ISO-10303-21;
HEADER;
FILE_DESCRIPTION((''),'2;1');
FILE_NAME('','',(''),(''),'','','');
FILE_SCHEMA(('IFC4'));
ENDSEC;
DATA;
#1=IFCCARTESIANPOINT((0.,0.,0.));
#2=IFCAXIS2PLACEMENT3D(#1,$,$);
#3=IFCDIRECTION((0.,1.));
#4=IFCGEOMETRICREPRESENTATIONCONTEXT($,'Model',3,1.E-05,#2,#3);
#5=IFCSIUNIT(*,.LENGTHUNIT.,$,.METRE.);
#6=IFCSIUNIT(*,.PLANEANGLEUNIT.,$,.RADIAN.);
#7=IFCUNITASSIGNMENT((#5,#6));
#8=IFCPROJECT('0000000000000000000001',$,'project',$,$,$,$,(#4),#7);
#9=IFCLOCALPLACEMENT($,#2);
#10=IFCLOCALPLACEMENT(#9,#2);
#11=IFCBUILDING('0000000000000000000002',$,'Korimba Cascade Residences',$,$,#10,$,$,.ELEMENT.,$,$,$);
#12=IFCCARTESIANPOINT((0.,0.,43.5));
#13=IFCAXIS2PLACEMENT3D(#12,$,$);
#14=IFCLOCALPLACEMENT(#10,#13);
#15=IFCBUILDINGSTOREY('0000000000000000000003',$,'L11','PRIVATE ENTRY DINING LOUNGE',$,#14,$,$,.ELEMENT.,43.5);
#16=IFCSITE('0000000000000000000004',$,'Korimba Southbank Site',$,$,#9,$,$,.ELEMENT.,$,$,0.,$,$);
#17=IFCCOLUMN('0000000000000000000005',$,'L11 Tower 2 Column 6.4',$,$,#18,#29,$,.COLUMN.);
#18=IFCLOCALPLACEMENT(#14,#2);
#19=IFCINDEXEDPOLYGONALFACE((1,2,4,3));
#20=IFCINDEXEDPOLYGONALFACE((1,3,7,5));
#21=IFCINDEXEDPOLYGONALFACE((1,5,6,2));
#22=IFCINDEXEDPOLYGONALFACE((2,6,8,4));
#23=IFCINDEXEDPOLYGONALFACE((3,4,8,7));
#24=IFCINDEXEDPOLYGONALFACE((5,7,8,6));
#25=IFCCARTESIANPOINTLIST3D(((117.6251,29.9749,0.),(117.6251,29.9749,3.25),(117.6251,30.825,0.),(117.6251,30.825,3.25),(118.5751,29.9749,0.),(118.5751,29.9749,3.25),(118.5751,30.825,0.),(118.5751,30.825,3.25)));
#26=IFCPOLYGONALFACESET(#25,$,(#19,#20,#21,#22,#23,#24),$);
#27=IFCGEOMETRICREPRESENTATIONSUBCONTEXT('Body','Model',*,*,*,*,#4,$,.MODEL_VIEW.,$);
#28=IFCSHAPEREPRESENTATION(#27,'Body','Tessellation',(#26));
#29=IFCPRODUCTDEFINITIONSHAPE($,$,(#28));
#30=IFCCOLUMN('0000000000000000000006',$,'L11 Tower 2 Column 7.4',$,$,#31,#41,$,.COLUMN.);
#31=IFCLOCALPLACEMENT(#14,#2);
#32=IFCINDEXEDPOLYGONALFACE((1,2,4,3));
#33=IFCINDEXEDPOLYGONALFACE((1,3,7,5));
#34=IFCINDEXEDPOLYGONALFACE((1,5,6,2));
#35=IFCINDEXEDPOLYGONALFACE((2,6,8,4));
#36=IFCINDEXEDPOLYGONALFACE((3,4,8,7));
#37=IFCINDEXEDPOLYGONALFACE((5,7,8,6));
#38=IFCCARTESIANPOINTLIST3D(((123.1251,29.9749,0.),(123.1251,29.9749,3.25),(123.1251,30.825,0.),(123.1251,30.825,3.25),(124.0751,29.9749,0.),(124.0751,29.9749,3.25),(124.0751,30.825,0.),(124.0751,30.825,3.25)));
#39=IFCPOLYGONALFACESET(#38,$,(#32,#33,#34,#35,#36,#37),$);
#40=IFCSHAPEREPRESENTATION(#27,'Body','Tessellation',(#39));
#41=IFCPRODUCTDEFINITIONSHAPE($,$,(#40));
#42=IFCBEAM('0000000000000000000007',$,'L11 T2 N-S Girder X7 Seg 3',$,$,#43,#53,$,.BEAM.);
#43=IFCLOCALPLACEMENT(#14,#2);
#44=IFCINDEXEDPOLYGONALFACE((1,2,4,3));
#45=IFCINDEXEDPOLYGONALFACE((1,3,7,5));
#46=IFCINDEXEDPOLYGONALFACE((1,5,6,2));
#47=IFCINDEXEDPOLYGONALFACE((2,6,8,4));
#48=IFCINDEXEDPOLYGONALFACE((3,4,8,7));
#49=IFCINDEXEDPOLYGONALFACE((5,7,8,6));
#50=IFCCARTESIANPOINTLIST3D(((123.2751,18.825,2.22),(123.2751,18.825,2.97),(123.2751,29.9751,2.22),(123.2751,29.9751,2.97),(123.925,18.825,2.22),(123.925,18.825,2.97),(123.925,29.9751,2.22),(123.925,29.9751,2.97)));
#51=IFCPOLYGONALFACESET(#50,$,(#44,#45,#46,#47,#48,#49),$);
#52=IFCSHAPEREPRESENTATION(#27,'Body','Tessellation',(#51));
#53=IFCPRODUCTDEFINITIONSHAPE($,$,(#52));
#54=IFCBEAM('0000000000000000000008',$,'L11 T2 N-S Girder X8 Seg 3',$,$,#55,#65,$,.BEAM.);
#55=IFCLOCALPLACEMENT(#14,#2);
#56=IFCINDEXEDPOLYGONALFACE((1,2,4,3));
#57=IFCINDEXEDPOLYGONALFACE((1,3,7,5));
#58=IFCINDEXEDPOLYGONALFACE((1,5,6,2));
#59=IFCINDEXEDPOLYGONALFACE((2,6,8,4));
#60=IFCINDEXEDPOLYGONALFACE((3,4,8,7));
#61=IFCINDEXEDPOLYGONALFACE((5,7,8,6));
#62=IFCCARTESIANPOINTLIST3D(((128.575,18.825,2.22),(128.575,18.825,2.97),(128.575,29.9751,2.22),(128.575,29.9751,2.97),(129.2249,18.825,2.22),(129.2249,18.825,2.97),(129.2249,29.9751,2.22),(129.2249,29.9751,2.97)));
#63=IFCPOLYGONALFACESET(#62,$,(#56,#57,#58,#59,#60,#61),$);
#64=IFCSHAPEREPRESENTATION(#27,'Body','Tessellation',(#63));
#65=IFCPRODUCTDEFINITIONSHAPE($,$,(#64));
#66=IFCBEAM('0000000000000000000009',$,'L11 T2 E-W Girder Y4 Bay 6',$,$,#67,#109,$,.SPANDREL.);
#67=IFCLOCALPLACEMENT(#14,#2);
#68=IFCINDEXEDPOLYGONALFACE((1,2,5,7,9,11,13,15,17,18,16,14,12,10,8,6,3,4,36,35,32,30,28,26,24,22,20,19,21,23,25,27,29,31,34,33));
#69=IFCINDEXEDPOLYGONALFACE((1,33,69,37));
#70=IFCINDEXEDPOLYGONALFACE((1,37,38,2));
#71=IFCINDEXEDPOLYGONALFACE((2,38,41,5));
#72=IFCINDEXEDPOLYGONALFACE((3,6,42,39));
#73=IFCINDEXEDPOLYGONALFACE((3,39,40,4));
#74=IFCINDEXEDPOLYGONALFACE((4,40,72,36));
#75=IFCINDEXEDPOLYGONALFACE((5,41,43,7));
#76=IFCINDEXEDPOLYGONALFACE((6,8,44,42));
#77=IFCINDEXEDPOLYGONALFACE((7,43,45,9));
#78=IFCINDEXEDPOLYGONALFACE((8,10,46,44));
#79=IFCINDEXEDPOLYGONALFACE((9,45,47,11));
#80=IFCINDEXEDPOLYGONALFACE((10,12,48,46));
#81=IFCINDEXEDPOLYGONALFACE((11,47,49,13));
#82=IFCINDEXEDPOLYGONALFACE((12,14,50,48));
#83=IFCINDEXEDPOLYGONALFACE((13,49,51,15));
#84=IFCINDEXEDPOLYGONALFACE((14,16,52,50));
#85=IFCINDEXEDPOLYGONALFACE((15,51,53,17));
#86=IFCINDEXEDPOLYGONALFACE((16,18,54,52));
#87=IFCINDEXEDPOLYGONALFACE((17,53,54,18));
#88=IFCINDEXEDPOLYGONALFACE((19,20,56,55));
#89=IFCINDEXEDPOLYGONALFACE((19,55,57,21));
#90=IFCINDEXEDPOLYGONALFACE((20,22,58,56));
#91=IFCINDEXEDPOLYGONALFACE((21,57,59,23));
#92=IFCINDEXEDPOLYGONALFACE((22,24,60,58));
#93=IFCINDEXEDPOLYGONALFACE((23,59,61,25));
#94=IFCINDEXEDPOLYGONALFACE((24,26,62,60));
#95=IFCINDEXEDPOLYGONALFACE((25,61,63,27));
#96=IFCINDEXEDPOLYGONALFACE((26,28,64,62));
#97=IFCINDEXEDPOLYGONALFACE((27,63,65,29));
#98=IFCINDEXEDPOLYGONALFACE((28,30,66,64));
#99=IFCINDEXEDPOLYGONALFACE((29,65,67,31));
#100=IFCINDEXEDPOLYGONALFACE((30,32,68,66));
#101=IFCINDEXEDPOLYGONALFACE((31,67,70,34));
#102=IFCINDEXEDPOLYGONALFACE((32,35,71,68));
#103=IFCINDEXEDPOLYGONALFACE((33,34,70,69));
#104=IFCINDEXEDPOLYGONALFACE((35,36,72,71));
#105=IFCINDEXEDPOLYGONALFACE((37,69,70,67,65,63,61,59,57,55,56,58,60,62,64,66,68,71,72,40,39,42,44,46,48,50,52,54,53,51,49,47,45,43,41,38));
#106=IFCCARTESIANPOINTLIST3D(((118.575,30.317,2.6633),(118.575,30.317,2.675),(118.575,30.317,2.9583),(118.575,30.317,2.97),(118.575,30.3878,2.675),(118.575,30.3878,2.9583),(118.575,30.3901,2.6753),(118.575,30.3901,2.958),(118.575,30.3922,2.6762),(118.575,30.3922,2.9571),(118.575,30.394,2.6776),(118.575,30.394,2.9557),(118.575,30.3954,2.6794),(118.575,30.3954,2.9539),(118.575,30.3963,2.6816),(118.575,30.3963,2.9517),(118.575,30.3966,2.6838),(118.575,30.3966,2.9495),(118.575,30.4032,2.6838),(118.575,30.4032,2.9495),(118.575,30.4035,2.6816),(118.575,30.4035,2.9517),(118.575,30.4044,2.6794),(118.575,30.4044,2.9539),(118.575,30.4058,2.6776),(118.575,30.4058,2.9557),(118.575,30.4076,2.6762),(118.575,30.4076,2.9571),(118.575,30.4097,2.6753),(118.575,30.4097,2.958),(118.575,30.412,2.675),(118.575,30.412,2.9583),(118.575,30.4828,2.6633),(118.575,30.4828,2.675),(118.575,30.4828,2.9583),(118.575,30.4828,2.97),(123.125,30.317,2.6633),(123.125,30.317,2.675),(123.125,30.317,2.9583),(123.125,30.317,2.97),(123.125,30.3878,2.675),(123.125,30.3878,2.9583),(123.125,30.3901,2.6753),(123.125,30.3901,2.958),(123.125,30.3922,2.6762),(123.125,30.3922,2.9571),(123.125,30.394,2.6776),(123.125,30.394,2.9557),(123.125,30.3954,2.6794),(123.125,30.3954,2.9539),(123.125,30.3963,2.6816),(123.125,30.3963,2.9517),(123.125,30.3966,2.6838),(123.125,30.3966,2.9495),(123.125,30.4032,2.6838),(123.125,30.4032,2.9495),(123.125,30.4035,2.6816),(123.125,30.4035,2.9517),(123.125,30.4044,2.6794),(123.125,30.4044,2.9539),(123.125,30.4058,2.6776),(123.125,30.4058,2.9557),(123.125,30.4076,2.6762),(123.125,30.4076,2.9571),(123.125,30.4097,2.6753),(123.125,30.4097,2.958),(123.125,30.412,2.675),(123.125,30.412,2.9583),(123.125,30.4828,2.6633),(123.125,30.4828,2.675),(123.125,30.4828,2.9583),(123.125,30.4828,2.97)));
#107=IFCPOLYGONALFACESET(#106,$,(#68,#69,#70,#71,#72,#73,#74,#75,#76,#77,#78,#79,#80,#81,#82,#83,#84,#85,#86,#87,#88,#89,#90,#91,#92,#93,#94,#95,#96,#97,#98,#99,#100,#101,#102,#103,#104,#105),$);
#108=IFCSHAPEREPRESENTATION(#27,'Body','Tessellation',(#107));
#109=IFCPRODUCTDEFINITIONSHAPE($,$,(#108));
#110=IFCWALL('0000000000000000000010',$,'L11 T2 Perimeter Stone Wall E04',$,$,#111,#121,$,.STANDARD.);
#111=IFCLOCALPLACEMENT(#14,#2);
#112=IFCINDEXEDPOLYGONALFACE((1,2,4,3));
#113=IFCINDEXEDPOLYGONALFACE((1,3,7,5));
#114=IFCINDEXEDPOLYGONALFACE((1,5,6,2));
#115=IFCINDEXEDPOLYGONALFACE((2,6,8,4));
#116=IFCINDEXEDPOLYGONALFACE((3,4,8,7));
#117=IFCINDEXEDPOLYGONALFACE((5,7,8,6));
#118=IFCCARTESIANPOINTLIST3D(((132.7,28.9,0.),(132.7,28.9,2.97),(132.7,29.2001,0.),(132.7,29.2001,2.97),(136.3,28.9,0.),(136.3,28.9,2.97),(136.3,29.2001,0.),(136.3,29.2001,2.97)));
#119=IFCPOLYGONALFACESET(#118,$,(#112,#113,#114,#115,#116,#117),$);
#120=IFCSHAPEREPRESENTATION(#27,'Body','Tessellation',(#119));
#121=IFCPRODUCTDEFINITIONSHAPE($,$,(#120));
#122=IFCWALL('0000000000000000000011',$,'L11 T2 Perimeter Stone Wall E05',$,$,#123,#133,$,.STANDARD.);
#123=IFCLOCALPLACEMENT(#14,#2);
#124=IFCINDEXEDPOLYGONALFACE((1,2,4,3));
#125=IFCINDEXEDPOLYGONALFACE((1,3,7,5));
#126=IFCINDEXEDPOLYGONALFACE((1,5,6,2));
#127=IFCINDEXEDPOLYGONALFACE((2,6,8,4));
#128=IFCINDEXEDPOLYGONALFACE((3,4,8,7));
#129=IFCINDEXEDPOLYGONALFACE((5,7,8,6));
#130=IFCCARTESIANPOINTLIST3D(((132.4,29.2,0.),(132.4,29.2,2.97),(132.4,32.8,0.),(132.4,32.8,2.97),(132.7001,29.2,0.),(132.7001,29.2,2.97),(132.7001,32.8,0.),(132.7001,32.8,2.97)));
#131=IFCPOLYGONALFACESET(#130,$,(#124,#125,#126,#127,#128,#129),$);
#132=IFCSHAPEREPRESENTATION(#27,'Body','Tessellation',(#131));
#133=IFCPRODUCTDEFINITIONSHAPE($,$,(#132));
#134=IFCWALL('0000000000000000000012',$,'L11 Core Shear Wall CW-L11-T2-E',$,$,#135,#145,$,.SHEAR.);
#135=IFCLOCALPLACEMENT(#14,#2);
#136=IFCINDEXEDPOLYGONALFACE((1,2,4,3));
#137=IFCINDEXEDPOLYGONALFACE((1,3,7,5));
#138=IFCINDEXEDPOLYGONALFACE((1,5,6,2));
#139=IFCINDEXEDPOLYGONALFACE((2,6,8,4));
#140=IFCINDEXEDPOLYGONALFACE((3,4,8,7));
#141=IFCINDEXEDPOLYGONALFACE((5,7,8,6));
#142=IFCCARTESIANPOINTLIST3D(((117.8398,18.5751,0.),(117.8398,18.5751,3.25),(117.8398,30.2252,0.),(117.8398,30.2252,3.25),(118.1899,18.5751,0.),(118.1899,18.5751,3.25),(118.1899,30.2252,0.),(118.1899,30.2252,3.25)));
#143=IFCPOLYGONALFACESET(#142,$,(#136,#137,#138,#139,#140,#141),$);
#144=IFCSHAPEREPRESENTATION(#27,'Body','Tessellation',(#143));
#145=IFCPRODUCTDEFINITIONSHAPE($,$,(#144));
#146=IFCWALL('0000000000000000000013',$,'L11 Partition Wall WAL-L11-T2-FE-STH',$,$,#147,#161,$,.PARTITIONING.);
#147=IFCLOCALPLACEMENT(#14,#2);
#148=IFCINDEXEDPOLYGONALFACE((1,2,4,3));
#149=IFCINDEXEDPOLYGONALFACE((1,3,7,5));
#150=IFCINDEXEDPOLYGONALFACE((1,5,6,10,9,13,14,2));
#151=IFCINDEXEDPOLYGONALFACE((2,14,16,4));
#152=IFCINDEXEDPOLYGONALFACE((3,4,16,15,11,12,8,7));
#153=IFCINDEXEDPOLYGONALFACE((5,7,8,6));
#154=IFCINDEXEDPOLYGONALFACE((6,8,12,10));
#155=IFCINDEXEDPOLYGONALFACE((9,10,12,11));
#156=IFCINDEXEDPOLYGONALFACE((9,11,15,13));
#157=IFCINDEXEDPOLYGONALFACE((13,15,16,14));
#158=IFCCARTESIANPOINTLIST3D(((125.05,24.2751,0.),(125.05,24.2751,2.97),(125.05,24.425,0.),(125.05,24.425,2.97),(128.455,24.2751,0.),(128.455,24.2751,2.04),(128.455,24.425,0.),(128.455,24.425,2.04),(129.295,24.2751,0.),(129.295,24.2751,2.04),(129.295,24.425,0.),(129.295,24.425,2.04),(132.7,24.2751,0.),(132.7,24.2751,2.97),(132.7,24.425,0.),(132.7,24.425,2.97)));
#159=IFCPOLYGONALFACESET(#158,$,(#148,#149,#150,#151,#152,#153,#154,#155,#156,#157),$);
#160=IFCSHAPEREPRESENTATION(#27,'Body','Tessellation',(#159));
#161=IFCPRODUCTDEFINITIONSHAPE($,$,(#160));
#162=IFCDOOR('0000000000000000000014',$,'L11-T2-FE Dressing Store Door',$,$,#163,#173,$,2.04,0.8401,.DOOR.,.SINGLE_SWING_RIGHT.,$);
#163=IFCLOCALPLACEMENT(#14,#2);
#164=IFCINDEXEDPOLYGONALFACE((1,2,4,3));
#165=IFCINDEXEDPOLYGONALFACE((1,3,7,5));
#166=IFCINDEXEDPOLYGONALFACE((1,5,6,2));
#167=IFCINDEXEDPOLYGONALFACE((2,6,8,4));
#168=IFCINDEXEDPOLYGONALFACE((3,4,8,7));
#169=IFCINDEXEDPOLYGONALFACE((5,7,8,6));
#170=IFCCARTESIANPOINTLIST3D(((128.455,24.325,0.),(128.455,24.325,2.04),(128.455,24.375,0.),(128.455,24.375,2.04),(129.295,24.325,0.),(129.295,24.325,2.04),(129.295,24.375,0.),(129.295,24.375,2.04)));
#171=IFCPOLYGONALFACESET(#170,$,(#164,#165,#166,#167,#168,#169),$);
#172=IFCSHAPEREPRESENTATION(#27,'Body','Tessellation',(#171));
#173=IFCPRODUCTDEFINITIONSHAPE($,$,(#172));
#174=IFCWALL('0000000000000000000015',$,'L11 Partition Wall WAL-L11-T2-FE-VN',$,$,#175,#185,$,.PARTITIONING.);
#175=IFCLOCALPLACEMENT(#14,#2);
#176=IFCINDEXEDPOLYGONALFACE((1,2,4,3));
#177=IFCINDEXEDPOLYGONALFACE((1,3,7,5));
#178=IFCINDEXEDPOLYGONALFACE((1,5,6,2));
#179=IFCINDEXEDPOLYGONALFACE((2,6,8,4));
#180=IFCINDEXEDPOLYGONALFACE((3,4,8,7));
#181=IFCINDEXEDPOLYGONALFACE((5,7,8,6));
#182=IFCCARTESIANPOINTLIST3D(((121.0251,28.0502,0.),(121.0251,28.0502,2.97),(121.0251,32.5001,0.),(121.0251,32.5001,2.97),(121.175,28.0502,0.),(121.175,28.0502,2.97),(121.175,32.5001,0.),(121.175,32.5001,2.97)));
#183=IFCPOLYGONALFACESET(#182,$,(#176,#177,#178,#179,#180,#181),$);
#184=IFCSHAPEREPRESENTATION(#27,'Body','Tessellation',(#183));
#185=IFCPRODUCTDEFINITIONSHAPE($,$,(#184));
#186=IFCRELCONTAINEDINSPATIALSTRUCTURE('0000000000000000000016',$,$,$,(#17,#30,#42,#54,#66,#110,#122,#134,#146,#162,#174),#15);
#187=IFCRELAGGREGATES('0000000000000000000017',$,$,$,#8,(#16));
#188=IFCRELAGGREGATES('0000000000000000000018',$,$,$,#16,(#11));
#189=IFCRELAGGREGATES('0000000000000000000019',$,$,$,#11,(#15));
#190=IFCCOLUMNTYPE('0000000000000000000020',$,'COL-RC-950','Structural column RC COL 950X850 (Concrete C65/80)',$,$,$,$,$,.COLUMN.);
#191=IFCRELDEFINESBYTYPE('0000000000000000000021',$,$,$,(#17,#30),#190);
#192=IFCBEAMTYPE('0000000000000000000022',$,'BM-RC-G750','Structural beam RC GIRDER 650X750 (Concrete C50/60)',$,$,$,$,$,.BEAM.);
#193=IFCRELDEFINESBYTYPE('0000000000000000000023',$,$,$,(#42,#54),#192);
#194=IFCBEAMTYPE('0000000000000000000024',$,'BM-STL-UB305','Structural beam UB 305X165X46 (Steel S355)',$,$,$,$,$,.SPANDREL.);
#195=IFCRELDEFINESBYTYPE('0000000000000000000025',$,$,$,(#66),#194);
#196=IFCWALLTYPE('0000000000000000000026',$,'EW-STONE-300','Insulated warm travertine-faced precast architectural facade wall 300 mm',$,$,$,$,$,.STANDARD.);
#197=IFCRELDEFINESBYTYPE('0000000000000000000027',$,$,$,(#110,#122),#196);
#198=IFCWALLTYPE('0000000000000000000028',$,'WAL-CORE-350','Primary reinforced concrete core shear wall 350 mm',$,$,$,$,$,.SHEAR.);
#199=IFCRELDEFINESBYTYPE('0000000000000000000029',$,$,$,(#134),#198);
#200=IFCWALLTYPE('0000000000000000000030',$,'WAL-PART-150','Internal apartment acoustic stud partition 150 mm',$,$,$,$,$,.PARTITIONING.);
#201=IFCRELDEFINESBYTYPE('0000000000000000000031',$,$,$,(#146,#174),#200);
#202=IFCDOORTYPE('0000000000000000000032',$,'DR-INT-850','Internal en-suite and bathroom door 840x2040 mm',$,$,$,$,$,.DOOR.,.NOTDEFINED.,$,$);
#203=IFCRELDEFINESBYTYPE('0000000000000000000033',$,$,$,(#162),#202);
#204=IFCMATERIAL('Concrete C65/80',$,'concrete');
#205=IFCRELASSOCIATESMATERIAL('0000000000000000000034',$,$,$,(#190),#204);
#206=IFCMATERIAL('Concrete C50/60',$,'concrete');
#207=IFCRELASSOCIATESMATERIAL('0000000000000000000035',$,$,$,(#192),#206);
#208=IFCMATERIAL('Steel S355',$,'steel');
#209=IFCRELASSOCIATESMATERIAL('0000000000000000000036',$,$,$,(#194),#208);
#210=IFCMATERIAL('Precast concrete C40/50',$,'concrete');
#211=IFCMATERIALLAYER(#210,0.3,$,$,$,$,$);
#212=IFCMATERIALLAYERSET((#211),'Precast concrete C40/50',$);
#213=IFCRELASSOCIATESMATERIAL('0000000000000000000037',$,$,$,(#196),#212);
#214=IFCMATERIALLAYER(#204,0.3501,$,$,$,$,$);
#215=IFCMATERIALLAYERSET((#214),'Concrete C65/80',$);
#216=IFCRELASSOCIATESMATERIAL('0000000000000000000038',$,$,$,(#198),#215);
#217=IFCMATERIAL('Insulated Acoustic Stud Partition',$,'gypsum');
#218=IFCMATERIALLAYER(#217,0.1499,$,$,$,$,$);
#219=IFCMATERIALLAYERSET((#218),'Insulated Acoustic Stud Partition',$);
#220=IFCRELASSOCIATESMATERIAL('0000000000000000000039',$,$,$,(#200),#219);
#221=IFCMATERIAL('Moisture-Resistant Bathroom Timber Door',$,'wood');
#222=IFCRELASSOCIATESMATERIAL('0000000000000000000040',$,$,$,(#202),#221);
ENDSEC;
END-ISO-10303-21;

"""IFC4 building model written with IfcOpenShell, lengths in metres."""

from ifc_helpers import new_model, si_unit, direction, frame, frame_2d, origin, origin_2d, place, context, subcontext, project, spatial, rectangle, i_section, extrude, material, layer, layer_set, material_profile, profile_set, type_object, element, fill, save


model = new_model("IFC4")

# Units and contexts
model_context = context("Model", 3, precision=1e-05, world=origin(), true_north=direction((0.0, 1.0)))
body_context = subcontext(model_context, "Body", "Model", "MODEL_VIEW")
ifc_project = project(units=[si_unit("LENGTHUNIT", "METRE"), si_unit("PLANEANGLEUNIT", "RADIAN")], contexts=[model_context])

# Site, building, storey
site_placement = place(None, origin())
site = spatial("IfcSite", under=ifc_project, at=site_placement, Name="Korimba Southbank Site", CompositionType="ELEMENT", RefElevation=0.0)
building_placement = place(site_placement, origin())
building = spatial("IfcBuilding", under=site, at=building_placement, Name="Korimba Cascade Residences", CompositionType="ELEMENT")
storey_placement = place(building_placement, frame((0.0, 0.0, 43.5)))
storey = spatial("IfcBuildingStorey", under=building, at=storey_placement, Name="L11", Description="PRIVATE ENTRY DINING LOUNGE", CompositionType="ELEMENT", Elevation=43.5)

# Columns
ifc_material_1 = material(Name="Concrete C65/80", Category="concrete")
ifc_material_profile_1 = material_profile(ifc_material_1, rectangle(XDim=0.95, YDim=0.8501, at=origin_2d()), Name="Concrete C65/80")
ifc_profile_set_1 = profile_set([ifc_material_profile_1], Name="Concrete C65/80")
column_type = type_object("IfcColumnType", Name="COL-RC-950", Description="Structural column RC COL 950X850 (Concrete C65/80)", PredefinedType="COLUMN", material=ifc_profile_set_1)
for number, where, z_axis, x_axis, name in (
    (1, (118.1001, 30.3999, 0.0), (0.0, 0.0, 1.0), (1.0, 0.0, 0.0), "L11 Tower 2 Column 6.4"),
    (2, (123.6001, 30.3999, 0.0), (0.0, 0.0, 1.0), (1.0, 0.0, 0.0), "L11 Tower 2 Column 7.4"),
):
    element("IfcColumn", number, at=place(storey_placement, frame(where, z_axis=z_axis, x_axis=x_axis)), inside=storey, type_object=column_type, Name=name, PredefinedType="COLUMN", context=body_context, shape_type="SweptSolid", body=[
        extrude(rectangle(XDim=0.95, YDim=0.8501, at=origin_2d()), origin(), (0.0, 0.0, 1.0), 3.25),
    ])

# Beams
ifc_material_2 = material(Name="Concrete C50/60", Category="concrete")
ifc_material_profile_2 = material_profile(ifc_material_2, rectangle(XDim=0.6499, YDim=0.75, at=origin_2d()), Name="Concrete C50/60")
ifc_profile_set_2 = profile_set([ifc_material_profile_2], Name="Concrete C50/60")
beam_type_1 = type_object("IfcBeamType", Name="BM-RC-G750", Description="Structural beam RC GIRDER 650X750 (Concrete C50/60)", PredefinedType="BEAM", material=ifc_profile_set_2)
for number, where, z_axis, x_axis, name in (
    (3, (123.6001, 18.825, 2.595), (0.0, 1.0, 0.0), (-1.0, 0.0, 0.0), "L11 T2 N-S Girder X7 Seg 3"),
    (4, (128.8999, 18.825, 2.595), (0.0, 1.0, 0.0), (-1.0, 0.0, 0.0), "L11 T2 N-S Girder X8 Seg 3"),
):
    element("IfcBeam", number, at=place(storey_placement, frame(where, z_axis=z_axis, x_axis=x_axis)), inside=storey, type_object=beam_type_1, Name=name, PredefinedType="BEAM", context=body_context, shape_type="SweptSolid", body=[
        extrude(rectangle(XDim=0.6499, YDim=0.75, at=origin_2d()), origin(), (0.0, 0.0, 1.0), 11.1501),
    ])
ifc_material_3 = material(Name="Steel S355", Category="steel")
ifc_material_profile_3 = material_profile(ifc_material_3, i_section(OverallWidth=0.1658, OverallDepth=0.3066, WebThickness=0.0066, FlangeThickness=0.0117, FilletRadius=0.0088, at=origin_2d()), Name="Steel S355")
ifc_profile_set_3 = profile_set([ifc_material_profile_3], Name="Steel S355")
beam_type_2 = type_object("IfcBeamType", Name="BM-STL-UB305", Description="Structural beam UB 305X165X46 (Steel S355)", PredefinedType="SPANDREL", material=ifc_profile_set_3)
beam_placement = place(storey_placement, frame((118.575, 30.3999, 2.8167), z_axis=(1.0, 0.0, 0.0), x_axis=(0.0, 1.0, 0.0)))
element("IfcBeam", 5, at=beam_placement, inside=storey, type_object=beam_type_2, Name="L11 T2 E-W Girder Y4 Bay 6", PredefinedType="SPANDREL", context=body_context, shape_type="SweptSolid", body=[
    extrude(i_section(OverallWidth=0.1658, OverallDepth=0.3066, WebThickness=0.0066, FlangeThickness=0.0117, FilletRadius=0.0088, at=origin_2d()), origin(), (0.0, 0.0, 1.0), 4.55),
])

# Walls
ifc_material_4 = material(Name="Precast concrete C40/50", Category="concrete")
ifc_layer_1 = layer(ifc_material_4, 0.3)
ifc_layer_set_1 = layer_set([ifc_layer_1], Name="Precast concrete C40/50")
wall_type_1 = type_object("IfcWallType", Name="EW-STONE-300", Description="Insulated warm travertine-faced precast architectural facade wall 300 mm", PredefinedType="STANDARD", material=ifc_layer_set_1)
for number, where, z_axis, x_axis, name in (
    (6, (136.3, 29.05, 0.0), (0.0, 0.0, 1.0), (-1.0, 0.0, 0.0), "L11 T2 Perimeter Stone Wall E04"),
    (7, (132.55, 29.2, 0.0), (0.0, 0.0, 1.0), (0.0, 1.0, 0.0), "L11 T2 Perimeter Stone Wall E05"),
):
    element("IfcWall", number, at=place(storey_placement, frame(where, z_axis=z_axis, x_axis=x_axis)), inside=storey, type_object=wall_type_1, Name=name, PredefinedType="STANDARD", context=body_context, shape_type="SweptSolid", body=[
        extrude(rectangle(XDim=3.6001, YDim=0.3, at=frame_2d((1.8, 0.0))), origin(), (0.0, 0.0, 1.0), 2.97),
    ])
ifc_layer_2 = layer(ifc_material_1, 0.3501)
ifc_layer_set_2 = layer_set([ifc_layer_2], Name="Concrete C65/80")
wall_type_2 = type_object("IfcWallType", Name="WAL-CORE-350", Description="Primary reinforced concrete core shear wall 350 mm", PredefinedType="SHEAR", material=ifc_layer_set_2)
wall_1_placement = place(storey_placement, frame((118.0149, 18.575, 0.0), z_axis=(0.0, 0.0, 1.0), x_axis=(0.0, 1.0, 0.0)))
element("IfcWall", 8, at=wall_1_placement, inside=storey, type_object=wall_type_2, Name="L11 Core Shear Wall CW-L11-T2-E", PredefinedType="SHEAR", context=body_context, shape_type="SweptSolid", body=[
    extrude(rectangle(XDim=11.6501, YDim=0.3501, at=frame_2d((5.8252, 0.0))), origin(), (0.0, 0.0, 1.0), 3.25),
])

# Wall, opening, door
ifc_material_5 = material(Name="Insulated Acoustic Stud Partition", Category="gypsum")
ifc_layer_3 = layer(ifc_material_5, 0.1499)
ifc_layer_set_3 = layer_set([ifc_layer_3], Name="Insulated Acoustic Stud Partition")
wall_type_3 = type_object("IfcWallType", Name="WAL-PART-150", Description="Internal apartment acoustic stud partition 150 mm", PredefinedType="PARTITIONING", material=ifc_layer_set_3)
wall_2_placement = place(storey_placement, frame((125.05, 24.3501, 0.0), z_axis=(0.0, 0.0, 1.0), x_axis=(1.0, 0.0, 0.0)))
wall_2 = element("IfcWall", 9, at=wall_2_placement, inside=storey, type_object=wall_type_3, Name="L11 Partition Wall WAL-L11-T2-FE-STH", PredefinedType="PARTITIONING", context=body_context, shape_type="SweptSolid", body=[
    extrude(rectangle(XDim=7.6499, YDim=0.1499, at=frame_2d((3.825, 0.0))), origin(), (0.0, 0.0, 1.0), 2.97),
])
opening_1_placement = place(wall_2_placement, frame((3.405, 0.0, 0.0)))
opening_1 = element("IfcOpeningElement", 10, at=opening_1_placement, cuts=wall_2, PredefinedType="OPENING", context=body_context, shape_type="SweptSolid", body=[
    extrude(rectangle(XDim=0.8401, YDim=2.04, at=frame_2d((0.4199, 1.02))), frame((0.0, 0.085, 0.0), z_axis=(0.0, -1.0, 0.0), x_axis=(1.0, 0.0, 0.0)), (0.0, 0.0, 1.0), 0.1699),
])
ifc_material_6 = material(Name="Moisture-Resistant Bathroom Timber Door", Category="wood")
door_type_1 = type_object("IfcDoorType", Name="DR-INT-850", Description="Internal en-suite and bathroom door 840x2040 mm", OperationType="NOTDEFINED", PredefinedType="DOOR", material=ifc_material_6)
door_1_placement = place(opening_1_placement, origin())
door_1 = element("IfcDoor", 11, at=door_1_placement, inside=storey, type_object=door_type_1, Name="L11-T2-FE Dressing Store Door", OperationType="SINGLE_SWING_RIGHT", OverallHeight=2.04, OverallWidth=0.8401, PredefinedType="DOOR", context=body_context, shape_type="SweptSolid", body=[
    extrude(rectangle(XDim=0.8401, YDim=2.04, at=frame_2d((0.4199, 1.02))), frame((0.0, 0.0249, 0.0), z_axis=(0.0, -1.0, 0.0), x_axis=(1.0, 0.0, 0.0)), (0.0, 0.0, 1.0), 0.05),
])
fill(opening_1, door_1)

# Wall
wall_3_placement = place(storey_placement, frame((121.1001, 28.05, 0.0), z_axis=(0.0, 0.0, 1.0), x_axis=(0.0, 1.0, 0.0)))
element("IfcWall", 12, at=wall_3_placement, inside=storey, type_object=wall_type_3, Name="L11 Partition Wall WAL-L11-T2-FE-VN", PredefinedType="PARTITIONING", context=body_context, shape_type="SweptSolid", body=[
    extrude(rectangle(XDim=4.45, YDim=0.1499, at=frame_2d((2.2251, 0.0))), origin(), (0.0, 0.0, 1.0), 2.97),
])

save(model, "model.ifc")
